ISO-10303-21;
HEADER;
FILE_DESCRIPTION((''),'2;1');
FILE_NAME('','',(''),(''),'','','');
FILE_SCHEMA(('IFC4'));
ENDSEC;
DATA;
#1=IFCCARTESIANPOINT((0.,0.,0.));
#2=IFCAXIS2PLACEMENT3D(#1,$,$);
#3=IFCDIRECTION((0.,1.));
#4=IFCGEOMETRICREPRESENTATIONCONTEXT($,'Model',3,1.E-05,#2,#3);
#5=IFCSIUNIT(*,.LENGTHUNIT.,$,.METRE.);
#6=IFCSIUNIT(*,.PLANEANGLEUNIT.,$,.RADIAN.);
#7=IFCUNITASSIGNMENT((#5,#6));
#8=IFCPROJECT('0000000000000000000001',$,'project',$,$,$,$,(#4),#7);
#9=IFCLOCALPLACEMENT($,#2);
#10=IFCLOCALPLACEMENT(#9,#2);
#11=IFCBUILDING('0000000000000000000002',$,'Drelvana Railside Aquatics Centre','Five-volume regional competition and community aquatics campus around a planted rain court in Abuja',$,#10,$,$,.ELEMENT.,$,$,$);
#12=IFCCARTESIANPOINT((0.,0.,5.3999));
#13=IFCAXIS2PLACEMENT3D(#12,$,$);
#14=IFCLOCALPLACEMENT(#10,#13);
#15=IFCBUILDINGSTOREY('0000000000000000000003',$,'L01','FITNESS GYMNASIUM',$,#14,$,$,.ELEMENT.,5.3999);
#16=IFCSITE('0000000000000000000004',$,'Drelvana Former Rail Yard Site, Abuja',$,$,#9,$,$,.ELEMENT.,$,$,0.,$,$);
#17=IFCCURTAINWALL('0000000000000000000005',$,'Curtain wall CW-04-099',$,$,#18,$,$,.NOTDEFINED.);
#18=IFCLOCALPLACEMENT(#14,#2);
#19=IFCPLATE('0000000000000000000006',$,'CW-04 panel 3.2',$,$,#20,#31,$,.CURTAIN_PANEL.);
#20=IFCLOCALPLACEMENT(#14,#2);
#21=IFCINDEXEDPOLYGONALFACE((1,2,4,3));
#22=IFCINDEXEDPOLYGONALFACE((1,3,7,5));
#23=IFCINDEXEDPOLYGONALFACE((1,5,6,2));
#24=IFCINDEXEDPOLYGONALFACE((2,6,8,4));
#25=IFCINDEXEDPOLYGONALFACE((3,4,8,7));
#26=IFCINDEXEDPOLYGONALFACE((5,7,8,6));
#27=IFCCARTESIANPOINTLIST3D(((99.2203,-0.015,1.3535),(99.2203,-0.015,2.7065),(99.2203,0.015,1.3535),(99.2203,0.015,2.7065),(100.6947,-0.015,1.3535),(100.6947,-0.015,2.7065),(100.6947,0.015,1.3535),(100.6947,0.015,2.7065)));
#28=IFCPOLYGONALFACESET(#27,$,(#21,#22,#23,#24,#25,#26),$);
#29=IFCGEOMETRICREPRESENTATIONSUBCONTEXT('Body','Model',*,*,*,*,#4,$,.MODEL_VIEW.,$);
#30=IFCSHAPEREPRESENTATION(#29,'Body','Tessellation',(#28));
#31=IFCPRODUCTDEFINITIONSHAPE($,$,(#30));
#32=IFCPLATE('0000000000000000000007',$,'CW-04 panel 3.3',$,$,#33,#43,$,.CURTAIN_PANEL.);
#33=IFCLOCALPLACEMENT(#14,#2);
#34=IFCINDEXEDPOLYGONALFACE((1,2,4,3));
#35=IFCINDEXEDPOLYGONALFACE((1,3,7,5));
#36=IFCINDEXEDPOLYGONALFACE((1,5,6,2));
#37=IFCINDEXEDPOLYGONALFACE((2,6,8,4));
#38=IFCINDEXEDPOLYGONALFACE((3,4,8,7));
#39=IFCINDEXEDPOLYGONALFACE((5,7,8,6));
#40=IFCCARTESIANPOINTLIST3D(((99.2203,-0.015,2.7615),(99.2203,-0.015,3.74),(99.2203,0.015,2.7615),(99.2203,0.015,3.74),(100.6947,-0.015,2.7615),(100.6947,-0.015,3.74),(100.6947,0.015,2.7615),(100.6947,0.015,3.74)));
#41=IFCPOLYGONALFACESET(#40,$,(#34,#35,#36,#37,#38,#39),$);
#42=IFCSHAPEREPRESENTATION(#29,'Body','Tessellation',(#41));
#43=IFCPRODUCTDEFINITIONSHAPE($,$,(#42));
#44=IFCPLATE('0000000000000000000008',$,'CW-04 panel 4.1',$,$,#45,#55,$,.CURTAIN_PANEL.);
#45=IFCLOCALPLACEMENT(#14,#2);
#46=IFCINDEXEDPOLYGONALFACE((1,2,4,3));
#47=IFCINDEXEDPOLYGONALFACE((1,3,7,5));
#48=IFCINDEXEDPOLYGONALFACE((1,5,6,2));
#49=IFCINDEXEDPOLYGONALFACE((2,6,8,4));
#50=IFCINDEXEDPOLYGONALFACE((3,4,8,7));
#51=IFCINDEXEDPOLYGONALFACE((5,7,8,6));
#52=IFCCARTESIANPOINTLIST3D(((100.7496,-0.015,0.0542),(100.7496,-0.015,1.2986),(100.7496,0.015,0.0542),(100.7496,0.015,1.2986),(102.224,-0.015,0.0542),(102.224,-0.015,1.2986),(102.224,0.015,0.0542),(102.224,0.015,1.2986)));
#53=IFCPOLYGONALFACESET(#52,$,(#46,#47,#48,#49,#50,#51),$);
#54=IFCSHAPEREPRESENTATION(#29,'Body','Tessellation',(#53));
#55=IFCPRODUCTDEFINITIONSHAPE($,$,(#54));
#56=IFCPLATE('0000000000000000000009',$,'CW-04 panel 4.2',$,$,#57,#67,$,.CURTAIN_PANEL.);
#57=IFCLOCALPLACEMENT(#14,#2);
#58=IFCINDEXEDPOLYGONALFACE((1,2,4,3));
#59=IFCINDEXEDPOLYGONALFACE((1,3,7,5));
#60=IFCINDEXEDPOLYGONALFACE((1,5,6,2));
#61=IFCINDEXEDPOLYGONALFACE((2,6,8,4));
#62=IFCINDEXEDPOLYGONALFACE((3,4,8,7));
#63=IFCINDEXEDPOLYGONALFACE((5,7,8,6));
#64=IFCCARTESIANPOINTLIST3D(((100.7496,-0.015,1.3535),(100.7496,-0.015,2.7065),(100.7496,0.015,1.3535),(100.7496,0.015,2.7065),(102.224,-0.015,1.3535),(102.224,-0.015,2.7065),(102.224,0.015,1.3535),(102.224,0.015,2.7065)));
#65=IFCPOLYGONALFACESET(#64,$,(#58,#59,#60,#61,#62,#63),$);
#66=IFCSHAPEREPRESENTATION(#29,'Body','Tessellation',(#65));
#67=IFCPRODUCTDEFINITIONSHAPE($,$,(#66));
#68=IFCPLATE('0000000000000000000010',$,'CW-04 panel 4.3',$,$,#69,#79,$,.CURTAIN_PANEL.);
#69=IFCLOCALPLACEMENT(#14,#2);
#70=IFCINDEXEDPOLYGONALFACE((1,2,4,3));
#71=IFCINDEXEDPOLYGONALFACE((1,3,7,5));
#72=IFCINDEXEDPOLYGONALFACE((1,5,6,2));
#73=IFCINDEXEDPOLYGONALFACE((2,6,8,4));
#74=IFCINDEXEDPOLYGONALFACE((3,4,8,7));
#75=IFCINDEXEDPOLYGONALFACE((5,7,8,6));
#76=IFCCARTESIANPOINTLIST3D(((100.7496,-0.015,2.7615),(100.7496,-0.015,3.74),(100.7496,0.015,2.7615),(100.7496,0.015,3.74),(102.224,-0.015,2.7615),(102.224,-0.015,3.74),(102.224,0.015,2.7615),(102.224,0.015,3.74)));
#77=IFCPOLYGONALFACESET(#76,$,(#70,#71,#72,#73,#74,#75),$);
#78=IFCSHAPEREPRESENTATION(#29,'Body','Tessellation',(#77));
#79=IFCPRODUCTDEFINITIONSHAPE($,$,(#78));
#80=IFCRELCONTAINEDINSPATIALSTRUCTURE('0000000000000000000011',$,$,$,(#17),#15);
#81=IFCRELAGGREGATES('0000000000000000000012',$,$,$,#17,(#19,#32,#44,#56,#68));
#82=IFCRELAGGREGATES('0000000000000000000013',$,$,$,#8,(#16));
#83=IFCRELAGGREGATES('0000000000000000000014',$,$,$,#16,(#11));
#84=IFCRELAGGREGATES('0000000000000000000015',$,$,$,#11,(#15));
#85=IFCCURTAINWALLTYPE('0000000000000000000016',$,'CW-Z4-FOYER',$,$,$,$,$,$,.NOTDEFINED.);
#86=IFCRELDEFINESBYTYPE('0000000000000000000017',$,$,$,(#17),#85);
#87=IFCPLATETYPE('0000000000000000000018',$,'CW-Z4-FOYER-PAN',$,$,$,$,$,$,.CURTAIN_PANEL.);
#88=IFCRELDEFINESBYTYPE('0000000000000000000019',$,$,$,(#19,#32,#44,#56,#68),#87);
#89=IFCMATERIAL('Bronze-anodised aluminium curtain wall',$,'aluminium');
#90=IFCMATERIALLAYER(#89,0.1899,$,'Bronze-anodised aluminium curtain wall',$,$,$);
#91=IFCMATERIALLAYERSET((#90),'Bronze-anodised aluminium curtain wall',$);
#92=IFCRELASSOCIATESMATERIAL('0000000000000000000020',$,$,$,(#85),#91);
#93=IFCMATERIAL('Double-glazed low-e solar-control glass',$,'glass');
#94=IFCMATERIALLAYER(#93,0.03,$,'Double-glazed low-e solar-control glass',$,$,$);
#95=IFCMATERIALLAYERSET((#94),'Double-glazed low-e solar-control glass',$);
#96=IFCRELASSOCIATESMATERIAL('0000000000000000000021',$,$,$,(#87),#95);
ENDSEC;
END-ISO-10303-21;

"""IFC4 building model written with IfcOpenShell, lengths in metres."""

from ifc_helpers import new_model, si_unit, direction, frame, origin, origin_2d, place, context, subcontext, project, spatial, rectangle, extrude, material, layer, layer_set, type_object, element, aggregate, save


model = new_model("IFC4")

# Units and contexts
model_context = context("Model", 3, precision=1e-05, world=origin(), true_north=direction((0.0, 1.0)))
body_context = subcontext(model_context, "Body", "Model", "MODEL_VIEW")
ifc_project = project(units=[si_unit("LENGTHUNIT", "METRE"), si_unit("PLANEANGLEUNIT", "RADIAN")], contexts=[model_context])

# Site, building, storey
site_placement = place(None, origin())
site = spatial("IfcSite", under=ifc_project, at=site_placement, Name="Drelvana Former Rail Yard Site, Abuja", CompositionType="ELEMENT", RefElevation=0.0)
building_placement = place(site_placement, origin())
building = spatial("IfcBuilding", under=site, at=building_placement, Name="Drelvana Railside Aquatics Centre", Description="Five-volume regional competition and community aquatics campus around a planted rain court in Abuja", CompositionType="ELEMENT")
storey_placement = place(building_placement, frame((0.0, 0.0, 5.3999)))
storey = spatial("IfcBuildingStorey", under=building, at=storey_placement, Name="L01", Description="FITNESS GYMNASIUM", CompositionType="ELEMENT", Elevation=5.3999)

# Curtain wall
ifc_material_1 = material(Name="Bronze-anodised aluminium curtain wall", Category="aluminium")
ifc_layer_1 = layer(ifc_material_1, 0.1899, Name="Bronze-anodised aluminium curtain wall")
ifc_layer_set_1 = layer_set([ifc_layer_1], Name="Bronze-anodised aluminium curtain wall")
curtain_wall_type = type_object("IfcCurtainWallType", Name="CW-Z4-FOYER", PredefinedType="NOTDEFINED", material=ifc_layer_set_1)
curtain_wall_placement = place(storey_placement, origin())
curtain_wall = element("IfcCurtainWall", 1, at=curtain_wall_placement, inside=storey, type_object=curtain_wall_type, Name="Curtain wall CW-04-099", PredefinedType="NOTDEFINED")

# Plates
ifc_material_2 = material(Name="Double-glazed low-e solar-control glass", Category="glass")
ifc_layer_2 = layer(ifc_material_2, 0.03, Name="Double-glazed low-e solar-control glass")
ifc_layer_set_2 = layer_set([ifc_layer_2], Name="Double-glazed low-e solar-control glass")
plate_type = type_object("IfcPlateType", Name="CW-Z4-FOYER-PAN", PredefinedType="CURTAIN_PANEL", material=ifc_layer_set_2)
plate_1_placement = place(storey_placement, frame((99.9575, 0.0, 1.3535), z_axis=(0.0, 0.0, 1.0), x_axis=(1.0, 0.0, 0.0)))
plate_1 = element("IfcPlate", 2, at=plate_1_placement, type_object=plate_type, Name="CW-04 panel 3.2", PredefinedType="CURTAIN_PANEL", context=body_context, shape_type="SweptSolid", body=[
    extrude(rectangle(XDim=1.4744, YDim=0.03, at=origin_2d()), origin(), (0.0, 0.0, 1.0), 1.353),
])
plate_2_placement = place(storey_placement, frame((99.9575, 0.0, 2.7615), z_axis=(0.0, 0.0, 1.0), x_axis=(1.0, 0.0, 0.0)))
plate_2 = element("IfcPlate", 3, at=plate_2_placement, type_object=plate_type, Name="CW-04 panel 3.3", PredefinedType="CURTAIN_PANEL", context=body_context, shape_type="SweptSolid", body=[
    extrude(rectangle(XDim=1.4744, YDim=0.03, at=origin_2d()), origin(), (0.0, 0.0, 1.0), 0.9785),
])
plate_3_placement = place(storey_placement, frame((101.4868, 0.0, 0.0542), z_axis=(0.0, 0.0, 1.0), x_axis=(1.0, 0.0, 0.0)))
plate_3 = element("IfcPlate", 4, at=plate_3_placement, type_object=plate_type, Name="CW-04 panel 4.1", PredefinedType="CURTAIN_PANEL", context=body_context, shape_type="SweptSolid", body=[
    extrude(rectangle(XDim=1.4744, YDim=0.03, at=origin_2d()), origin(), (0.0, 0.0, 1.0), 1.2444),
])
plate_4_placement = place(storey_placement, frame((101.4868, 0.0, 1.3535), z_axis=(0.0, 0.0, 1.0), x_axis=(1.0, 0.0, 0.0)))
plate_4 = element("IfcPlate", 5, at=plate_4_placement, type_object=plate_type, Name="CW-04 panel 4.2", PredefinedType="CURTAIN_PANEL", context=body_context, shape_type="SweptSolid", body=[
    extrude(rectangle(XDim=1.4744, YDim=0.03, at=origin_2d()), origin(), (0.0, 0.0, 1.0), 1.353),
])
plate_5_placement = place(storey_placement, frame((101.4868, 0.0, 2.7615), z_axis=(0.0, 0.0, 1.0), x_axis=(1.0, 0.0, 0.0)))
plate_5 = element("IfcPlate", 6, at=plate_5_placement, type_object=plate_type, Name="CW-04 panel 4.3", PredefinedType="CURTAIN_PANEL", context=body_context, shape_type="SweptSolid", body=[
    extrude(rectangle(XDim=1.4744, YDim=0.03, at=origin_2d()), origin(), (0.0, 0.0, 1.0), 0.9785),
])
aggregate(curtain_wall, [plate_1, plate_2, plate_3, plate_4, plate_5])

save(model, "model.ifc")
